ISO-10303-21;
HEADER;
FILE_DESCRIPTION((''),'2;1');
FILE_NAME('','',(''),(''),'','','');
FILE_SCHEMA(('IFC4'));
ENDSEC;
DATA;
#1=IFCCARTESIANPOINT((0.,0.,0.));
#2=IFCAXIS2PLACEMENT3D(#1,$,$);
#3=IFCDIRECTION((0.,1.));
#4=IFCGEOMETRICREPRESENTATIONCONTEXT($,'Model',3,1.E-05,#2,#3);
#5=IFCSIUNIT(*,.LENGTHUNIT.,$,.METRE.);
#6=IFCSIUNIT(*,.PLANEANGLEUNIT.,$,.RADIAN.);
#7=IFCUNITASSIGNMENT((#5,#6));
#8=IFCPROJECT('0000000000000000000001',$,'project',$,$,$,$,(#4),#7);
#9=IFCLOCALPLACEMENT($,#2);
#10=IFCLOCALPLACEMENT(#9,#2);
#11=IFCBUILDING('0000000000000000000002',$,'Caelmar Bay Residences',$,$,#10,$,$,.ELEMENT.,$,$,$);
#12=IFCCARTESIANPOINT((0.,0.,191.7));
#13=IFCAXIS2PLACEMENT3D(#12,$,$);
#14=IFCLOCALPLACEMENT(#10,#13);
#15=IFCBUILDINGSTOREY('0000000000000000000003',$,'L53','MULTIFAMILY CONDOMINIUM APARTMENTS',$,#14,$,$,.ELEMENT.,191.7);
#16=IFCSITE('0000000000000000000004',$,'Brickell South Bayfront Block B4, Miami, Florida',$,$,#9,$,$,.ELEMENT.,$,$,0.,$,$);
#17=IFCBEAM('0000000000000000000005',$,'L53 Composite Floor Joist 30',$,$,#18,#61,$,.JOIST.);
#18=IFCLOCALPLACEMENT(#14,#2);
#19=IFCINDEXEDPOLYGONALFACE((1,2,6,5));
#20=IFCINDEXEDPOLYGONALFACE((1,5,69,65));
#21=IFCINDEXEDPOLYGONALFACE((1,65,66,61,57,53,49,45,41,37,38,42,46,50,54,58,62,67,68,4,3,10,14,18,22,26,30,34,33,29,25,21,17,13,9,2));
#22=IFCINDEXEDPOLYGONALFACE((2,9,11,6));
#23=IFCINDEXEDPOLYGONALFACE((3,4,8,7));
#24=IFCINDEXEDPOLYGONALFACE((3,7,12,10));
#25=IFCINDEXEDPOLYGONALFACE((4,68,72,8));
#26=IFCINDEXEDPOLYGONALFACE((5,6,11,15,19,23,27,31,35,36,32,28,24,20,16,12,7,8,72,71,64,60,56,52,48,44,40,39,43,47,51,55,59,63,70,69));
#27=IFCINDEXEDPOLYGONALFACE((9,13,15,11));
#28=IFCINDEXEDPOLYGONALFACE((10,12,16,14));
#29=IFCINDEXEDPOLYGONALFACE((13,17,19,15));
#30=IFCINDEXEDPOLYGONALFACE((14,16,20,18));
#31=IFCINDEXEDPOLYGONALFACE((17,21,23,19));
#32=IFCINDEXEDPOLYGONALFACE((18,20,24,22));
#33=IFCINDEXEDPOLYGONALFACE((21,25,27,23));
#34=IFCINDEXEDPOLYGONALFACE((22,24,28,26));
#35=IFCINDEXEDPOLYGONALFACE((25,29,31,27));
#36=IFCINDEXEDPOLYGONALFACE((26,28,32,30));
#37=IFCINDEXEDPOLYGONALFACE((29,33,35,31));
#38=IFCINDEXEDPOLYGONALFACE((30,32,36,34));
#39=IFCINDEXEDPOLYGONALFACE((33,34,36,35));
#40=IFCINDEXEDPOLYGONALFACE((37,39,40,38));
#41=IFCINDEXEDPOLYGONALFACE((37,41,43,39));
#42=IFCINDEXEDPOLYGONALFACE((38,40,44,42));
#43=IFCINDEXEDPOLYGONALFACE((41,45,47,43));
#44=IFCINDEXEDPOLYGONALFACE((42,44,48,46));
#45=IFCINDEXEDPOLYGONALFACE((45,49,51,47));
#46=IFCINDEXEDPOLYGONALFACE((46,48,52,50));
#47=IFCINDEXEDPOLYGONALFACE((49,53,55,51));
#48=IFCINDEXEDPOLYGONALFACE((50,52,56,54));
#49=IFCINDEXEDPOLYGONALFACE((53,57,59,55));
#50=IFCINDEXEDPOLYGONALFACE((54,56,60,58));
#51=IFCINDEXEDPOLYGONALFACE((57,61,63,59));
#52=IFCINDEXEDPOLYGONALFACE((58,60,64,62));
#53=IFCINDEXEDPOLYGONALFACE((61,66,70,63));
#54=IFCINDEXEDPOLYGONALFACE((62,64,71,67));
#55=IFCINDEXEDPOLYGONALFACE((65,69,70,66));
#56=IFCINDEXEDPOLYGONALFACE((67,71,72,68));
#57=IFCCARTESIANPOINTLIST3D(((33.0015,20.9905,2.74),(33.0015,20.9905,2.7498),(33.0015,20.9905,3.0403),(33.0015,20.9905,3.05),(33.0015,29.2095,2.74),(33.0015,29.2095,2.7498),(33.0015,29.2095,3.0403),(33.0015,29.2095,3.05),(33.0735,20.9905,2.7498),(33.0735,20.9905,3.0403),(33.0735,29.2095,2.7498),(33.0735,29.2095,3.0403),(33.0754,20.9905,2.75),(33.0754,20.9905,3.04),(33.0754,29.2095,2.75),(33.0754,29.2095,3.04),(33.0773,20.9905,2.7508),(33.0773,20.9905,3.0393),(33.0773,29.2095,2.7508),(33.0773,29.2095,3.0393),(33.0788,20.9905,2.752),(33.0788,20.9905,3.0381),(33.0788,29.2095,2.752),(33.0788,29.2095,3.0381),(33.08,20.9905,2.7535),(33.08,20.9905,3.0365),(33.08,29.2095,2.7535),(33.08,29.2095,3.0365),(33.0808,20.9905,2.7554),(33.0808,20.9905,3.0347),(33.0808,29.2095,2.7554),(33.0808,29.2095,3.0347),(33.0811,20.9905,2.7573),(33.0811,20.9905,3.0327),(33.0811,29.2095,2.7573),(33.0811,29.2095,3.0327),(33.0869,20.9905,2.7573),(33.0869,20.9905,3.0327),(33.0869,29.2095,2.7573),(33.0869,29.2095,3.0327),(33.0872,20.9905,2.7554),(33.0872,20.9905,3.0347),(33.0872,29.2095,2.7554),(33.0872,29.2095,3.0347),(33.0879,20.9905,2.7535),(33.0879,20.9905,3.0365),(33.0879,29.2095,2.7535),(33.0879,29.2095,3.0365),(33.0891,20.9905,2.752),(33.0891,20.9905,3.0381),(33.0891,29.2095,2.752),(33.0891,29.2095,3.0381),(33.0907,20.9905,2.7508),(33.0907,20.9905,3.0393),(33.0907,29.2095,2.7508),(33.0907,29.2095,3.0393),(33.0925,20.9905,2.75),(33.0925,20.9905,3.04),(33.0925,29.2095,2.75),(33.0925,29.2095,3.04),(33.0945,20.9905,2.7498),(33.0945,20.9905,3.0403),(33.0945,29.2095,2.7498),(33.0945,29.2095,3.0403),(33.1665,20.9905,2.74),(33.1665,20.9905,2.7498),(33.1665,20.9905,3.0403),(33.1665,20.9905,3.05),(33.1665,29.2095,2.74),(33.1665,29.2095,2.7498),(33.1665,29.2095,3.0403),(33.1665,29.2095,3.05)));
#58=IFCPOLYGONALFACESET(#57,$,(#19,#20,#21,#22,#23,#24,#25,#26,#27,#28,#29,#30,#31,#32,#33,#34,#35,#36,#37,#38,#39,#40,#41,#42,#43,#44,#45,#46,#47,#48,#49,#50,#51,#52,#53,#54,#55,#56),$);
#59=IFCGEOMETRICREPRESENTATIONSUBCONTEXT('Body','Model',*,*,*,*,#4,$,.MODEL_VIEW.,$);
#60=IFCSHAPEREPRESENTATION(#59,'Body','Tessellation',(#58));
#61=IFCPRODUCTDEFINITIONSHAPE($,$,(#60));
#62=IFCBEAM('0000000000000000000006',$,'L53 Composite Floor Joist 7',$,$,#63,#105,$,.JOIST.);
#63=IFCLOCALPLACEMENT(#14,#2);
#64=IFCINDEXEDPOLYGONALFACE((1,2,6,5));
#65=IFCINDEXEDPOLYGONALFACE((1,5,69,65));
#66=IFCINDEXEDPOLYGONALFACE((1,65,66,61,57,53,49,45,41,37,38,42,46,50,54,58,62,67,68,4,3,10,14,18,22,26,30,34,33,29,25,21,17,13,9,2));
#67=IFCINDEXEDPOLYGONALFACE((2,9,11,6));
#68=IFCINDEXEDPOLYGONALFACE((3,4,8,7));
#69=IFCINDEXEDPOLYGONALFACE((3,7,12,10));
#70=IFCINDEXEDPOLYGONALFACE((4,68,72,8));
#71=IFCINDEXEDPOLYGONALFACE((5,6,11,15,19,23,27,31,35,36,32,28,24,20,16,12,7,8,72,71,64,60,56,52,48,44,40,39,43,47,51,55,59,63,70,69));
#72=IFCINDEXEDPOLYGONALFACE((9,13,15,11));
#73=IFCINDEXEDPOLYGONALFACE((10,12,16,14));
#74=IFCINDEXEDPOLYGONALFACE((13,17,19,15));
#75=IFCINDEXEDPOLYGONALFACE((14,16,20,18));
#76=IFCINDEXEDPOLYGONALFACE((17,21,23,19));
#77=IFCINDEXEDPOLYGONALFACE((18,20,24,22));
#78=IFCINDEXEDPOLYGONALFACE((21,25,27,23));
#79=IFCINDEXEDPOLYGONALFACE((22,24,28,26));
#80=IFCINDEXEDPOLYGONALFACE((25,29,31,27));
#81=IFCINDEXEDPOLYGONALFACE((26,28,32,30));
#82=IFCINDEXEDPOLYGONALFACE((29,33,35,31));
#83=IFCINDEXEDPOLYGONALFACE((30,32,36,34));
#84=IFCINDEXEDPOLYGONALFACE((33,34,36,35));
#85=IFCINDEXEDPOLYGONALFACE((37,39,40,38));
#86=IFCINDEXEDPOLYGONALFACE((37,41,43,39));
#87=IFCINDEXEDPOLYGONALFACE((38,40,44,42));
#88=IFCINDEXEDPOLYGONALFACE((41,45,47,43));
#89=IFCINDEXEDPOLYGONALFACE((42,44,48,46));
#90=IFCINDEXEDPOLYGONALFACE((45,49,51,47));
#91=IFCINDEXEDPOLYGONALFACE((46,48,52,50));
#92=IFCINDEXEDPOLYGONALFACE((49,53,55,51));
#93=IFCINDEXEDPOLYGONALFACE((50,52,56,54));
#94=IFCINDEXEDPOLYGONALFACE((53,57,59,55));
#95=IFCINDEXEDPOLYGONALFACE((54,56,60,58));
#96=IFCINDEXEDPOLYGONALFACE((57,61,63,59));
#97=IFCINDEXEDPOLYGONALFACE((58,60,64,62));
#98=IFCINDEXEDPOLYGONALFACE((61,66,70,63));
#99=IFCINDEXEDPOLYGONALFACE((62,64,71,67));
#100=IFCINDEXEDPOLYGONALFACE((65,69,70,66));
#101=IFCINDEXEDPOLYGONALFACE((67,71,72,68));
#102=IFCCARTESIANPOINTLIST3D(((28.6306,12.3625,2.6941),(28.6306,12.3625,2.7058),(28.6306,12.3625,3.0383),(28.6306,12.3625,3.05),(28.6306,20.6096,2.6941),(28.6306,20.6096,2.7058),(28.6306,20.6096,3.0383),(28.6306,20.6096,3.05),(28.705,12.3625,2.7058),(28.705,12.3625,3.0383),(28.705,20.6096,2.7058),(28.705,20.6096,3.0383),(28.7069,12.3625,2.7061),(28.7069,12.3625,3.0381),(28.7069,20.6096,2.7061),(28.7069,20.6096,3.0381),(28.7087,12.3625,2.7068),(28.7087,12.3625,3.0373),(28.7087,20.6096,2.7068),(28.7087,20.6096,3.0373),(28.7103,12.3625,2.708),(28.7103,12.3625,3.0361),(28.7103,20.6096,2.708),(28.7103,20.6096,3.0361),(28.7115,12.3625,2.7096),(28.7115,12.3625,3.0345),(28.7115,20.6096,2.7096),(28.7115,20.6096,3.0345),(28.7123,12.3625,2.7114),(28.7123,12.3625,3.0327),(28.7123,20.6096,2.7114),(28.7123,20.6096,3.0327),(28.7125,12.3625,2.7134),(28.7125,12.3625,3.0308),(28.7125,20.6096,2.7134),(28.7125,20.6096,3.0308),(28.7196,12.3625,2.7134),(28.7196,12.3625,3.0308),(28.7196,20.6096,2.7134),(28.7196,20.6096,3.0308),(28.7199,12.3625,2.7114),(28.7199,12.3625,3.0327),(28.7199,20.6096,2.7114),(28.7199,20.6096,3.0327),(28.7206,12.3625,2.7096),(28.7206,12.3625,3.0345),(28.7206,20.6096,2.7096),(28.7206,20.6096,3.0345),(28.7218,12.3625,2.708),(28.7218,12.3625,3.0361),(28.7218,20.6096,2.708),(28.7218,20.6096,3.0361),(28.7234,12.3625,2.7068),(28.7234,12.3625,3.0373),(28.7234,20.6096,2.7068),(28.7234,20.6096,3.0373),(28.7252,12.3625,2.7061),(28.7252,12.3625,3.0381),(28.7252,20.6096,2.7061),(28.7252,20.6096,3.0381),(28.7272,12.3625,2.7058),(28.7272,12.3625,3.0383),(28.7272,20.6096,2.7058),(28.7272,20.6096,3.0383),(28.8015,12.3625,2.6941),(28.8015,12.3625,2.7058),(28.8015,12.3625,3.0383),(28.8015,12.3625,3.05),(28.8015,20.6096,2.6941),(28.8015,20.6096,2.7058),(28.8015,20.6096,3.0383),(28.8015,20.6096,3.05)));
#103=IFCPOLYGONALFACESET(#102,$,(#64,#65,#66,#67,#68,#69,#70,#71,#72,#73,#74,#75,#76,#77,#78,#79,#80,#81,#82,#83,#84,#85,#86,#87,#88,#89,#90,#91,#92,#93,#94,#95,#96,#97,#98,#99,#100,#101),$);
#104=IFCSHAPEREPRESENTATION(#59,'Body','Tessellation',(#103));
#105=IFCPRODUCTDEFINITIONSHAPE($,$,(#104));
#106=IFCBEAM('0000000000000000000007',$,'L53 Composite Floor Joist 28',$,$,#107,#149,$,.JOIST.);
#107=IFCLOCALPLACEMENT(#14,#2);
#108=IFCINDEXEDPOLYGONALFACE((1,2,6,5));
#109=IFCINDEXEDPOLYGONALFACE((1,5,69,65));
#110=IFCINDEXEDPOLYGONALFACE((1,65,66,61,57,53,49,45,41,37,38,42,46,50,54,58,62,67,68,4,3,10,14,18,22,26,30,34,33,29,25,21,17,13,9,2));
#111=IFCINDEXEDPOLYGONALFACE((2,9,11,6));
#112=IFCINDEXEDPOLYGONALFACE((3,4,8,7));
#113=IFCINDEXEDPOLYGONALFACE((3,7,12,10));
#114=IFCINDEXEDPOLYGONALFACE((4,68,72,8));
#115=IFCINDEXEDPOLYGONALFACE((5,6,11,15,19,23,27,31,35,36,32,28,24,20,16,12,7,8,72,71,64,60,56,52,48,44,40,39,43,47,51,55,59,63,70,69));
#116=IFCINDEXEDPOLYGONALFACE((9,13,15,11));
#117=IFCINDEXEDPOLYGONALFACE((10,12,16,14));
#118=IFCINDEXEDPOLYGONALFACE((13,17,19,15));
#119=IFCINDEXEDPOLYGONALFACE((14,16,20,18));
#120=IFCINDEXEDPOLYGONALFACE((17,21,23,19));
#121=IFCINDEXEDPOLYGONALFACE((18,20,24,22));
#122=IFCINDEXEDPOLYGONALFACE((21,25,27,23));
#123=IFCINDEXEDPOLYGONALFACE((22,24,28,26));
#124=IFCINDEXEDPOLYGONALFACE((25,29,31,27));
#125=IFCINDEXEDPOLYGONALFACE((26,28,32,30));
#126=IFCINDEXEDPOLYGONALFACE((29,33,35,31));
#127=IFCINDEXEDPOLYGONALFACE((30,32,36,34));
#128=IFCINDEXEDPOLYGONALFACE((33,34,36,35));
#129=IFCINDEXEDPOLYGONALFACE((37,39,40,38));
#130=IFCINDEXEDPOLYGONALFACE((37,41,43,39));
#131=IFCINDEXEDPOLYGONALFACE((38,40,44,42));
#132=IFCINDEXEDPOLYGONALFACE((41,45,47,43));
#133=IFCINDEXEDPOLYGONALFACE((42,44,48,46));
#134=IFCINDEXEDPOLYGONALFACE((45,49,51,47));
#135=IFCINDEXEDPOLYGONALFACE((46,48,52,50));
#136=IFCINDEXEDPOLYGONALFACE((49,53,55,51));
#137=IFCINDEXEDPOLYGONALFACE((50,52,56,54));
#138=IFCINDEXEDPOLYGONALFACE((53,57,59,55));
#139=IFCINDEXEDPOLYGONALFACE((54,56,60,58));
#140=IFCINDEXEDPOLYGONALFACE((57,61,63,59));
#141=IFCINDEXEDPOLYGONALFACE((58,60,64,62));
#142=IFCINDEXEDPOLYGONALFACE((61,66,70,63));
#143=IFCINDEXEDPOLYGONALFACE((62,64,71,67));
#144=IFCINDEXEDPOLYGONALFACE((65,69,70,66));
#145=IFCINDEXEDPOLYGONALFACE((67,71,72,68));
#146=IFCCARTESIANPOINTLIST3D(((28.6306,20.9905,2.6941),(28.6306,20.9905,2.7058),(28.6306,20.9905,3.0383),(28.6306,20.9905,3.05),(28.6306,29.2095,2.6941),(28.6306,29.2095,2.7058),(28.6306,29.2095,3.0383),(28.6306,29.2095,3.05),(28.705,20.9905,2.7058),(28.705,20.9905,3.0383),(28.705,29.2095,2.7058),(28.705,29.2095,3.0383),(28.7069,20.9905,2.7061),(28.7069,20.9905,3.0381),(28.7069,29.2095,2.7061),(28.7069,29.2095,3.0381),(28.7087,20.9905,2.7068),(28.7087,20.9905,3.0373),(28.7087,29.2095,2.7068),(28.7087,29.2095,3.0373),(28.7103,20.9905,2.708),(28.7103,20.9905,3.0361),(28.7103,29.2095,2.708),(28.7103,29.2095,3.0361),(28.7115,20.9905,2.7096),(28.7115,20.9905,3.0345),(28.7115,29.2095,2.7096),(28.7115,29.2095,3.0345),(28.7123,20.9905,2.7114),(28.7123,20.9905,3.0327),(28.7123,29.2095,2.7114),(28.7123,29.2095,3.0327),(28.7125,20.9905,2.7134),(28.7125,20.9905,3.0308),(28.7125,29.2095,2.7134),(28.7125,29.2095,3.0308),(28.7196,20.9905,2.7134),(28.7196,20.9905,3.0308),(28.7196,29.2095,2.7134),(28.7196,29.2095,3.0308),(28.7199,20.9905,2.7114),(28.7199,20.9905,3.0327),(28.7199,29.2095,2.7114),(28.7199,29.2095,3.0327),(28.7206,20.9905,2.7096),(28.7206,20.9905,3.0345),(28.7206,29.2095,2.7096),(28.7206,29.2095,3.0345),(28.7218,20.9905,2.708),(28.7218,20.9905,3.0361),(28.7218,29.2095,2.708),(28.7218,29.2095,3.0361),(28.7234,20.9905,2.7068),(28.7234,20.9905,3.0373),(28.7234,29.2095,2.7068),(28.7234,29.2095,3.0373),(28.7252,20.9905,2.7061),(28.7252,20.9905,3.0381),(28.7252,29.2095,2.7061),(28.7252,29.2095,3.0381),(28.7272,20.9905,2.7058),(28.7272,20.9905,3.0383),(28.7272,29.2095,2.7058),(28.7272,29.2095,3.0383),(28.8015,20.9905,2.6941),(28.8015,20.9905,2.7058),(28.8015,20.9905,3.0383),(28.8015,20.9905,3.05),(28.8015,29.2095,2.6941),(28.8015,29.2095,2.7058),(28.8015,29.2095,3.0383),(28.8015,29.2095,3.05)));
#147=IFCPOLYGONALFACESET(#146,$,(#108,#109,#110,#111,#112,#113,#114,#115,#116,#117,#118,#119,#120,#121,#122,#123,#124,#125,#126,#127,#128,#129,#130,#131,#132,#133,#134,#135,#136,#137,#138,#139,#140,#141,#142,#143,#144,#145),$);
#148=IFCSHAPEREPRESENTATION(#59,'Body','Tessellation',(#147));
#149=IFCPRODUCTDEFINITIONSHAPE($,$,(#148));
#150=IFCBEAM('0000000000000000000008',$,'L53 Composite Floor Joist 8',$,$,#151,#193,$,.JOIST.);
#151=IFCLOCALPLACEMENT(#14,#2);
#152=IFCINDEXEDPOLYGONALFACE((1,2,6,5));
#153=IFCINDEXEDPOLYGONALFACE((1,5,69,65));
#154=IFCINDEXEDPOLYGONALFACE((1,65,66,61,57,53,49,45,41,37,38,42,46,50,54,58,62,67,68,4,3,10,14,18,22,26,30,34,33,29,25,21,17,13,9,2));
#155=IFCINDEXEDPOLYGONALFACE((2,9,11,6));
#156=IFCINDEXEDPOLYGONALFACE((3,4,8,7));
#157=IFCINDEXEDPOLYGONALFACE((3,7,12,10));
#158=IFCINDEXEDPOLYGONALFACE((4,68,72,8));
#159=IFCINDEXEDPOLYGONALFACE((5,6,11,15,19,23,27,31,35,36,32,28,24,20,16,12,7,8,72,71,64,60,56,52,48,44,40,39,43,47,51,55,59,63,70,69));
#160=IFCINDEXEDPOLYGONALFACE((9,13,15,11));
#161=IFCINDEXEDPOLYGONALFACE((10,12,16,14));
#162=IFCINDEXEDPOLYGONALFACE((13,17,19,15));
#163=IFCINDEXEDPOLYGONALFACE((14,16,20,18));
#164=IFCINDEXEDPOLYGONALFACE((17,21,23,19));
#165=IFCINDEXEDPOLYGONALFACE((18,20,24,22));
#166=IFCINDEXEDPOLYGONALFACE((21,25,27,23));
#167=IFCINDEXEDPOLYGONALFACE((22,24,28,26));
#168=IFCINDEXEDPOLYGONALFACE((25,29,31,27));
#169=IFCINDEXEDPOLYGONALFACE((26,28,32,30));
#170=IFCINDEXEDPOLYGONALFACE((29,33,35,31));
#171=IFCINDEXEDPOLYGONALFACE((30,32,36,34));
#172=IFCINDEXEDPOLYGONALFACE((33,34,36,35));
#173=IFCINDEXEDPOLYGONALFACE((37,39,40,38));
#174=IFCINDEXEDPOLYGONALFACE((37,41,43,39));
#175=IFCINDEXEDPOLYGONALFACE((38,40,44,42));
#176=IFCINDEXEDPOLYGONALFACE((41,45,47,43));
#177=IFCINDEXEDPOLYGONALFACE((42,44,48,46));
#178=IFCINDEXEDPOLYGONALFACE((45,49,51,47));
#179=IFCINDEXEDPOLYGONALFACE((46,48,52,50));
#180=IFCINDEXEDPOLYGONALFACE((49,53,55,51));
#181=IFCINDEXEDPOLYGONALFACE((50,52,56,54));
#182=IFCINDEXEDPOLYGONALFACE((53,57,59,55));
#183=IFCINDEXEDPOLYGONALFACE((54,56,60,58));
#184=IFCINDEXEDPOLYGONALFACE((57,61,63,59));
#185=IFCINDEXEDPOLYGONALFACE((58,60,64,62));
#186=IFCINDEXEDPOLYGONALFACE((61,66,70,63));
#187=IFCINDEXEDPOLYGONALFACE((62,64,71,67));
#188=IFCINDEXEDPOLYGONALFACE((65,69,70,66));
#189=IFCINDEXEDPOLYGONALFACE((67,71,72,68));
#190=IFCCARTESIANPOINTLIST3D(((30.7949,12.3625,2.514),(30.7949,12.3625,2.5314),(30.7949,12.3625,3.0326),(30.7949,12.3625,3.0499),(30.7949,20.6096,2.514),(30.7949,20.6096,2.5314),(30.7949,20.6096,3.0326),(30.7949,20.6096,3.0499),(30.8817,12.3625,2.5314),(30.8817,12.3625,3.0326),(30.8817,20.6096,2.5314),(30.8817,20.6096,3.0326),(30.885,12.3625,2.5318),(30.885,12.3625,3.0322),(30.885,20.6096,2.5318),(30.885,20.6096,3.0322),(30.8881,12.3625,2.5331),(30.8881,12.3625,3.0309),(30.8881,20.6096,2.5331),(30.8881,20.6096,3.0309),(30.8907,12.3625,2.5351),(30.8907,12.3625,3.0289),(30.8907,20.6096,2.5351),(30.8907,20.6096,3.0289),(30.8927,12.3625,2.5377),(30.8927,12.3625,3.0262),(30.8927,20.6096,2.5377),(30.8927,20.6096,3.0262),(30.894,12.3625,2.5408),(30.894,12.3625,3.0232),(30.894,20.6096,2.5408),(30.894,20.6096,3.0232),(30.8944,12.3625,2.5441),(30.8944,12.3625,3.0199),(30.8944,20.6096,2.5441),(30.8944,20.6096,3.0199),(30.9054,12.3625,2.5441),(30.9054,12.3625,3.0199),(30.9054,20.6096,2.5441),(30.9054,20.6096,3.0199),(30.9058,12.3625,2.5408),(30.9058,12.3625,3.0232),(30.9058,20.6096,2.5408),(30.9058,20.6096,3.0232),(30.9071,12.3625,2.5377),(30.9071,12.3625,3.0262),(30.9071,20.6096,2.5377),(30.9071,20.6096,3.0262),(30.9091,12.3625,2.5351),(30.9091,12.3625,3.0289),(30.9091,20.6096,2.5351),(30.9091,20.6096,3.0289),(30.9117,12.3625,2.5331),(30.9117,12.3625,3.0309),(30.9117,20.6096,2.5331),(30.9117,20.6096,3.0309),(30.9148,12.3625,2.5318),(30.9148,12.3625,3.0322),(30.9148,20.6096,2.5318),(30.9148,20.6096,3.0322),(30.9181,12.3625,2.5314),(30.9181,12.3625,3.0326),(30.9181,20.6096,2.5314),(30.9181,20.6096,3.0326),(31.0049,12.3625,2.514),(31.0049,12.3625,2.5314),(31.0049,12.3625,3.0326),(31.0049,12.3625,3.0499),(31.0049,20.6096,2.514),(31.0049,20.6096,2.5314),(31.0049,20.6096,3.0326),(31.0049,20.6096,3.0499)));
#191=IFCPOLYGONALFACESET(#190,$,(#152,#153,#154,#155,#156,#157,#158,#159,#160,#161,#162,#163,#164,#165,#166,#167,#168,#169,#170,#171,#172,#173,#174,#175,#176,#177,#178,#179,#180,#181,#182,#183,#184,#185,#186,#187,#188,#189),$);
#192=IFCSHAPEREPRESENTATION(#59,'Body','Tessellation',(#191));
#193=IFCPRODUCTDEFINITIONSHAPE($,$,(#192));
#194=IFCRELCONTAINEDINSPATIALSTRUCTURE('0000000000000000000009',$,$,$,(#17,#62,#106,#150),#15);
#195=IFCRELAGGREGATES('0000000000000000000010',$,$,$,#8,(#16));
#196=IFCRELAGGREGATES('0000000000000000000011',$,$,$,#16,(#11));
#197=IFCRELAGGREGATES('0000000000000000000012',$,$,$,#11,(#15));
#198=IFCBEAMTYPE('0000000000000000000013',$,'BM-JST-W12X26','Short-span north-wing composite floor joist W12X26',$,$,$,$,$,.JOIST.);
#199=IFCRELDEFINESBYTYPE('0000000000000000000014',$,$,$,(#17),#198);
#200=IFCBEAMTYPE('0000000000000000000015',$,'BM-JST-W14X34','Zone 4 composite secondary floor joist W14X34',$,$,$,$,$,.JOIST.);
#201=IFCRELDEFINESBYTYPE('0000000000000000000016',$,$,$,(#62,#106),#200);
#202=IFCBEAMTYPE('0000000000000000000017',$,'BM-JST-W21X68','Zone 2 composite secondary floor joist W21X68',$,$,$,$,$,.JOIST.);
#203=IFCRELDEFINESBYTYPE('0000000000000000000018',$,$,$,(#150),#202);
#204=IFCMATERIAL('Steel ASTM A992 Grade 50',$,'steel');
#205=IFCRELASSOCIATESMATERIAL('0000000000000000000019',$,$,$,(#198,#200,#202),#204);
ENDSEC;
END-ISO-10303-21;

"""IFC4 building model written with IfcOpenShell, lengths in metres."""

from ifc_helpers import new_model, si_unit, direction, frame, origin, origin_2d, place, context, subcontext, project, spatial, i_section, extrude, material, material_profile, profile_set, type_object, element, save


model = new_model("IFC4")

# Units and contexts
model_context = context("Model", 3, precision=1e-05, world=origin(), true_north=direction((0.0, 1.0)))
body_context = subcontext(model_context, "Body", "Model", "MODEL_VIEW")
ifc_project = project(units=[si_unit("LENGTHUNIT", "METRE"), si_unit("PLANEANGLEUNIT", "RADIAN")], contexts=[model_context])

# Site, building, storey
site_placement = place(None, origin())
site = spatial("IfcSite", under=ifc_project, at=site_placement, Name="Brickell South Bayfront Block B4, Miami, Florida", CompositionType="ELEMENT", RefElevation=0.0)
building_placement = place(site_placement, origin())
building = spatial("IfcBuilding", under=site, at=building_placement, Name="Caelmar Bay Residences", CompositionType="ELEMENT")
storey_placement = place(building_placement, frame((0.0, 0.0, 191.7)))
storey = spatial("IfcBuildingStorey", under=building, at=storey_placement, Name="L53", Description="MULTIFAMILY CONDOMINIUM APARTMENTS", CompositionType="ELEMENT", Elevation=191.7)

# Beams
ifc_material_1 = material(Name="Steel ASTM A992 Grade 50", Category="steel")
ifc_material_profile_1 = material_profile(ifc_material_1, i_section(OverallWidth=0.165, OverallDepth=0.3101, WebThickness=0.0059, FlangeThickness=0.0098, FilletRadius=0.0076, at=origin_2d()), Name="W12X26")
ifc_profile_set_1 = profile_set([ifc_material_profile_1], Name="Steel ASTM A992 Grade 50")
beam_type_1 = type_object("IfcBeamType", Name="BM-JST-W12X26", Description="Short-span north-wing composite floor joist W12X26", PredefinedType="JOIST", material=ifc_profile_set_1)
for number, where, z_axis, x_axis, name in (
    (1, (33.084, 20.9905, 2.895), (0.0, 1.0, 0.0), (-1.0, 0.0, 0.0), "L53 Composite Floor Joist 30"),
):
    element("IfcBeam", number, at=place(storey_placement, frame(where, z_axis=z_axis, x_axis=x_axis)), inside=storey, type_object=beam_type_1, Name=name, PredefinedType="JOIST", context=body_context, shape_type="SweptSolid", body=[
        extrude(i_section(OverallWidth=0.165, OverallDepth=0.3101, WebThickness=0.0059, FlangeThickness=0.0098, FilletRadius=0.0076, at=origin_2d()), origin(), (0.0, 0.0, 1.0), 8.219),
    ])
ifc_material_profile_2 = material_profile(ifc_material_1, i_section(OverallWidth=0.1709, OverallDepth=0.356, WebThickness=0.0071, FlangeThickness=0.0117, FilletRadius=0.0076, at=origin_2d()), Name="W14X34")
ifc_profile_set_2 = profile_set([ifc_material_profile_2], Name="Steel ASTM A992 Grade 50")
beam_type_2 = type_object("IfcBeamType", Name="BM-JST-W14X34", Description="Zone 4 composite secondary floor joist W14X34", PredefinedType="JOIST", material=ifc_profile_set_2)
beam_1_placement = place(storey_placement, frame((28.7161, 12.3625, 2.8721), z_axis=(0.0, 1.0, 0.0), x_axis=(-1.0, 0.0, 0.0)))
element("IfcBeam", 2, at=beam_1_placement, inside=storey, type_object=beam_type_2, Name="L53 Composite Floor Joist 7", PredefinedType="JOIST", context=body_context, shape_type="SweptSolid", body=[
    extrude(i_section(OverallWidth=0.1709, OverallDepth=0.356, WebThickness=0.0071, FlangeThickness=0.0117, FilletRadius=0.0076, at=origin_2d()), origin(), (0.0, 0.0, 1.0), 8.2471),
])
beam_2_placement = place(storey_placement, frame((28.7161, 20.9905, 2.8721), z_axis=(0.0, 1.0, 0.0), x_axis=(-1.0, 0.0, 0.0)))
element("IfcBeam", 3, at=beam_2_placement, inside=storey, type_object=beam_type_2, Name="L53 Composite Floor Joist 28", PredefinedType="JOIST", context=body_context, shape_type="SweptSolid", body=[
    extrude(i_section(OverallWidth=0.1709, OverallDepth=0.356, WebThickness=0.0071, FlangeThickness=0.0117, FilletRadius=0.0076, at=origin_2d()), origin(), (0.0, 0.0, 1.0), 8.219),
])
ifc_material_profile_3 = material_profile(ifc_material_1, i_section(OverallWidth=0.21, OverallDepth=0.5359, WebThickness=0.011, FlangeThickness=0.0173, FilletRadius=0.0127, at=origin_2d()), Name="W21X68")
ifc_profile_set_3 = profile_set([ifc_material_profile_3], Name="Steel ASTM A992 Grade 50")
beam_type_3 = type_object("IfcBeamType", Name="BM-JST-W21X68", Description="Zone 2 composite secondary floor joist W21X68", PredefinedType="JOIST", material=ifc_profile_set_3)
beam_3_placement = place(storey_placement, frame((30.8999, 12.3625, 2.782), z_axis=(0.0, 1.0, 0.0), x_axis=(-1.0, 0.0, 0.0)))
element("IfcBeam", 4, at=beam_3_placement, inside=storey, type_object=beam_type_3, Name="L53 Composite Floor Joist 8", PredefinedType="JOIST", context=body_context, shape_type="SweptSolid", body=[
    extrude(i_section(OverallWidth=0.21, OverallDepth=0.5359, WebThickness=0.011, FlangeThickness=0.0173, FilletRadius=0.0127, at=origin_2d()), origin(), (0.0, 0.0, 1.0), 8.2471),
])

save(model, "model.ifc")
